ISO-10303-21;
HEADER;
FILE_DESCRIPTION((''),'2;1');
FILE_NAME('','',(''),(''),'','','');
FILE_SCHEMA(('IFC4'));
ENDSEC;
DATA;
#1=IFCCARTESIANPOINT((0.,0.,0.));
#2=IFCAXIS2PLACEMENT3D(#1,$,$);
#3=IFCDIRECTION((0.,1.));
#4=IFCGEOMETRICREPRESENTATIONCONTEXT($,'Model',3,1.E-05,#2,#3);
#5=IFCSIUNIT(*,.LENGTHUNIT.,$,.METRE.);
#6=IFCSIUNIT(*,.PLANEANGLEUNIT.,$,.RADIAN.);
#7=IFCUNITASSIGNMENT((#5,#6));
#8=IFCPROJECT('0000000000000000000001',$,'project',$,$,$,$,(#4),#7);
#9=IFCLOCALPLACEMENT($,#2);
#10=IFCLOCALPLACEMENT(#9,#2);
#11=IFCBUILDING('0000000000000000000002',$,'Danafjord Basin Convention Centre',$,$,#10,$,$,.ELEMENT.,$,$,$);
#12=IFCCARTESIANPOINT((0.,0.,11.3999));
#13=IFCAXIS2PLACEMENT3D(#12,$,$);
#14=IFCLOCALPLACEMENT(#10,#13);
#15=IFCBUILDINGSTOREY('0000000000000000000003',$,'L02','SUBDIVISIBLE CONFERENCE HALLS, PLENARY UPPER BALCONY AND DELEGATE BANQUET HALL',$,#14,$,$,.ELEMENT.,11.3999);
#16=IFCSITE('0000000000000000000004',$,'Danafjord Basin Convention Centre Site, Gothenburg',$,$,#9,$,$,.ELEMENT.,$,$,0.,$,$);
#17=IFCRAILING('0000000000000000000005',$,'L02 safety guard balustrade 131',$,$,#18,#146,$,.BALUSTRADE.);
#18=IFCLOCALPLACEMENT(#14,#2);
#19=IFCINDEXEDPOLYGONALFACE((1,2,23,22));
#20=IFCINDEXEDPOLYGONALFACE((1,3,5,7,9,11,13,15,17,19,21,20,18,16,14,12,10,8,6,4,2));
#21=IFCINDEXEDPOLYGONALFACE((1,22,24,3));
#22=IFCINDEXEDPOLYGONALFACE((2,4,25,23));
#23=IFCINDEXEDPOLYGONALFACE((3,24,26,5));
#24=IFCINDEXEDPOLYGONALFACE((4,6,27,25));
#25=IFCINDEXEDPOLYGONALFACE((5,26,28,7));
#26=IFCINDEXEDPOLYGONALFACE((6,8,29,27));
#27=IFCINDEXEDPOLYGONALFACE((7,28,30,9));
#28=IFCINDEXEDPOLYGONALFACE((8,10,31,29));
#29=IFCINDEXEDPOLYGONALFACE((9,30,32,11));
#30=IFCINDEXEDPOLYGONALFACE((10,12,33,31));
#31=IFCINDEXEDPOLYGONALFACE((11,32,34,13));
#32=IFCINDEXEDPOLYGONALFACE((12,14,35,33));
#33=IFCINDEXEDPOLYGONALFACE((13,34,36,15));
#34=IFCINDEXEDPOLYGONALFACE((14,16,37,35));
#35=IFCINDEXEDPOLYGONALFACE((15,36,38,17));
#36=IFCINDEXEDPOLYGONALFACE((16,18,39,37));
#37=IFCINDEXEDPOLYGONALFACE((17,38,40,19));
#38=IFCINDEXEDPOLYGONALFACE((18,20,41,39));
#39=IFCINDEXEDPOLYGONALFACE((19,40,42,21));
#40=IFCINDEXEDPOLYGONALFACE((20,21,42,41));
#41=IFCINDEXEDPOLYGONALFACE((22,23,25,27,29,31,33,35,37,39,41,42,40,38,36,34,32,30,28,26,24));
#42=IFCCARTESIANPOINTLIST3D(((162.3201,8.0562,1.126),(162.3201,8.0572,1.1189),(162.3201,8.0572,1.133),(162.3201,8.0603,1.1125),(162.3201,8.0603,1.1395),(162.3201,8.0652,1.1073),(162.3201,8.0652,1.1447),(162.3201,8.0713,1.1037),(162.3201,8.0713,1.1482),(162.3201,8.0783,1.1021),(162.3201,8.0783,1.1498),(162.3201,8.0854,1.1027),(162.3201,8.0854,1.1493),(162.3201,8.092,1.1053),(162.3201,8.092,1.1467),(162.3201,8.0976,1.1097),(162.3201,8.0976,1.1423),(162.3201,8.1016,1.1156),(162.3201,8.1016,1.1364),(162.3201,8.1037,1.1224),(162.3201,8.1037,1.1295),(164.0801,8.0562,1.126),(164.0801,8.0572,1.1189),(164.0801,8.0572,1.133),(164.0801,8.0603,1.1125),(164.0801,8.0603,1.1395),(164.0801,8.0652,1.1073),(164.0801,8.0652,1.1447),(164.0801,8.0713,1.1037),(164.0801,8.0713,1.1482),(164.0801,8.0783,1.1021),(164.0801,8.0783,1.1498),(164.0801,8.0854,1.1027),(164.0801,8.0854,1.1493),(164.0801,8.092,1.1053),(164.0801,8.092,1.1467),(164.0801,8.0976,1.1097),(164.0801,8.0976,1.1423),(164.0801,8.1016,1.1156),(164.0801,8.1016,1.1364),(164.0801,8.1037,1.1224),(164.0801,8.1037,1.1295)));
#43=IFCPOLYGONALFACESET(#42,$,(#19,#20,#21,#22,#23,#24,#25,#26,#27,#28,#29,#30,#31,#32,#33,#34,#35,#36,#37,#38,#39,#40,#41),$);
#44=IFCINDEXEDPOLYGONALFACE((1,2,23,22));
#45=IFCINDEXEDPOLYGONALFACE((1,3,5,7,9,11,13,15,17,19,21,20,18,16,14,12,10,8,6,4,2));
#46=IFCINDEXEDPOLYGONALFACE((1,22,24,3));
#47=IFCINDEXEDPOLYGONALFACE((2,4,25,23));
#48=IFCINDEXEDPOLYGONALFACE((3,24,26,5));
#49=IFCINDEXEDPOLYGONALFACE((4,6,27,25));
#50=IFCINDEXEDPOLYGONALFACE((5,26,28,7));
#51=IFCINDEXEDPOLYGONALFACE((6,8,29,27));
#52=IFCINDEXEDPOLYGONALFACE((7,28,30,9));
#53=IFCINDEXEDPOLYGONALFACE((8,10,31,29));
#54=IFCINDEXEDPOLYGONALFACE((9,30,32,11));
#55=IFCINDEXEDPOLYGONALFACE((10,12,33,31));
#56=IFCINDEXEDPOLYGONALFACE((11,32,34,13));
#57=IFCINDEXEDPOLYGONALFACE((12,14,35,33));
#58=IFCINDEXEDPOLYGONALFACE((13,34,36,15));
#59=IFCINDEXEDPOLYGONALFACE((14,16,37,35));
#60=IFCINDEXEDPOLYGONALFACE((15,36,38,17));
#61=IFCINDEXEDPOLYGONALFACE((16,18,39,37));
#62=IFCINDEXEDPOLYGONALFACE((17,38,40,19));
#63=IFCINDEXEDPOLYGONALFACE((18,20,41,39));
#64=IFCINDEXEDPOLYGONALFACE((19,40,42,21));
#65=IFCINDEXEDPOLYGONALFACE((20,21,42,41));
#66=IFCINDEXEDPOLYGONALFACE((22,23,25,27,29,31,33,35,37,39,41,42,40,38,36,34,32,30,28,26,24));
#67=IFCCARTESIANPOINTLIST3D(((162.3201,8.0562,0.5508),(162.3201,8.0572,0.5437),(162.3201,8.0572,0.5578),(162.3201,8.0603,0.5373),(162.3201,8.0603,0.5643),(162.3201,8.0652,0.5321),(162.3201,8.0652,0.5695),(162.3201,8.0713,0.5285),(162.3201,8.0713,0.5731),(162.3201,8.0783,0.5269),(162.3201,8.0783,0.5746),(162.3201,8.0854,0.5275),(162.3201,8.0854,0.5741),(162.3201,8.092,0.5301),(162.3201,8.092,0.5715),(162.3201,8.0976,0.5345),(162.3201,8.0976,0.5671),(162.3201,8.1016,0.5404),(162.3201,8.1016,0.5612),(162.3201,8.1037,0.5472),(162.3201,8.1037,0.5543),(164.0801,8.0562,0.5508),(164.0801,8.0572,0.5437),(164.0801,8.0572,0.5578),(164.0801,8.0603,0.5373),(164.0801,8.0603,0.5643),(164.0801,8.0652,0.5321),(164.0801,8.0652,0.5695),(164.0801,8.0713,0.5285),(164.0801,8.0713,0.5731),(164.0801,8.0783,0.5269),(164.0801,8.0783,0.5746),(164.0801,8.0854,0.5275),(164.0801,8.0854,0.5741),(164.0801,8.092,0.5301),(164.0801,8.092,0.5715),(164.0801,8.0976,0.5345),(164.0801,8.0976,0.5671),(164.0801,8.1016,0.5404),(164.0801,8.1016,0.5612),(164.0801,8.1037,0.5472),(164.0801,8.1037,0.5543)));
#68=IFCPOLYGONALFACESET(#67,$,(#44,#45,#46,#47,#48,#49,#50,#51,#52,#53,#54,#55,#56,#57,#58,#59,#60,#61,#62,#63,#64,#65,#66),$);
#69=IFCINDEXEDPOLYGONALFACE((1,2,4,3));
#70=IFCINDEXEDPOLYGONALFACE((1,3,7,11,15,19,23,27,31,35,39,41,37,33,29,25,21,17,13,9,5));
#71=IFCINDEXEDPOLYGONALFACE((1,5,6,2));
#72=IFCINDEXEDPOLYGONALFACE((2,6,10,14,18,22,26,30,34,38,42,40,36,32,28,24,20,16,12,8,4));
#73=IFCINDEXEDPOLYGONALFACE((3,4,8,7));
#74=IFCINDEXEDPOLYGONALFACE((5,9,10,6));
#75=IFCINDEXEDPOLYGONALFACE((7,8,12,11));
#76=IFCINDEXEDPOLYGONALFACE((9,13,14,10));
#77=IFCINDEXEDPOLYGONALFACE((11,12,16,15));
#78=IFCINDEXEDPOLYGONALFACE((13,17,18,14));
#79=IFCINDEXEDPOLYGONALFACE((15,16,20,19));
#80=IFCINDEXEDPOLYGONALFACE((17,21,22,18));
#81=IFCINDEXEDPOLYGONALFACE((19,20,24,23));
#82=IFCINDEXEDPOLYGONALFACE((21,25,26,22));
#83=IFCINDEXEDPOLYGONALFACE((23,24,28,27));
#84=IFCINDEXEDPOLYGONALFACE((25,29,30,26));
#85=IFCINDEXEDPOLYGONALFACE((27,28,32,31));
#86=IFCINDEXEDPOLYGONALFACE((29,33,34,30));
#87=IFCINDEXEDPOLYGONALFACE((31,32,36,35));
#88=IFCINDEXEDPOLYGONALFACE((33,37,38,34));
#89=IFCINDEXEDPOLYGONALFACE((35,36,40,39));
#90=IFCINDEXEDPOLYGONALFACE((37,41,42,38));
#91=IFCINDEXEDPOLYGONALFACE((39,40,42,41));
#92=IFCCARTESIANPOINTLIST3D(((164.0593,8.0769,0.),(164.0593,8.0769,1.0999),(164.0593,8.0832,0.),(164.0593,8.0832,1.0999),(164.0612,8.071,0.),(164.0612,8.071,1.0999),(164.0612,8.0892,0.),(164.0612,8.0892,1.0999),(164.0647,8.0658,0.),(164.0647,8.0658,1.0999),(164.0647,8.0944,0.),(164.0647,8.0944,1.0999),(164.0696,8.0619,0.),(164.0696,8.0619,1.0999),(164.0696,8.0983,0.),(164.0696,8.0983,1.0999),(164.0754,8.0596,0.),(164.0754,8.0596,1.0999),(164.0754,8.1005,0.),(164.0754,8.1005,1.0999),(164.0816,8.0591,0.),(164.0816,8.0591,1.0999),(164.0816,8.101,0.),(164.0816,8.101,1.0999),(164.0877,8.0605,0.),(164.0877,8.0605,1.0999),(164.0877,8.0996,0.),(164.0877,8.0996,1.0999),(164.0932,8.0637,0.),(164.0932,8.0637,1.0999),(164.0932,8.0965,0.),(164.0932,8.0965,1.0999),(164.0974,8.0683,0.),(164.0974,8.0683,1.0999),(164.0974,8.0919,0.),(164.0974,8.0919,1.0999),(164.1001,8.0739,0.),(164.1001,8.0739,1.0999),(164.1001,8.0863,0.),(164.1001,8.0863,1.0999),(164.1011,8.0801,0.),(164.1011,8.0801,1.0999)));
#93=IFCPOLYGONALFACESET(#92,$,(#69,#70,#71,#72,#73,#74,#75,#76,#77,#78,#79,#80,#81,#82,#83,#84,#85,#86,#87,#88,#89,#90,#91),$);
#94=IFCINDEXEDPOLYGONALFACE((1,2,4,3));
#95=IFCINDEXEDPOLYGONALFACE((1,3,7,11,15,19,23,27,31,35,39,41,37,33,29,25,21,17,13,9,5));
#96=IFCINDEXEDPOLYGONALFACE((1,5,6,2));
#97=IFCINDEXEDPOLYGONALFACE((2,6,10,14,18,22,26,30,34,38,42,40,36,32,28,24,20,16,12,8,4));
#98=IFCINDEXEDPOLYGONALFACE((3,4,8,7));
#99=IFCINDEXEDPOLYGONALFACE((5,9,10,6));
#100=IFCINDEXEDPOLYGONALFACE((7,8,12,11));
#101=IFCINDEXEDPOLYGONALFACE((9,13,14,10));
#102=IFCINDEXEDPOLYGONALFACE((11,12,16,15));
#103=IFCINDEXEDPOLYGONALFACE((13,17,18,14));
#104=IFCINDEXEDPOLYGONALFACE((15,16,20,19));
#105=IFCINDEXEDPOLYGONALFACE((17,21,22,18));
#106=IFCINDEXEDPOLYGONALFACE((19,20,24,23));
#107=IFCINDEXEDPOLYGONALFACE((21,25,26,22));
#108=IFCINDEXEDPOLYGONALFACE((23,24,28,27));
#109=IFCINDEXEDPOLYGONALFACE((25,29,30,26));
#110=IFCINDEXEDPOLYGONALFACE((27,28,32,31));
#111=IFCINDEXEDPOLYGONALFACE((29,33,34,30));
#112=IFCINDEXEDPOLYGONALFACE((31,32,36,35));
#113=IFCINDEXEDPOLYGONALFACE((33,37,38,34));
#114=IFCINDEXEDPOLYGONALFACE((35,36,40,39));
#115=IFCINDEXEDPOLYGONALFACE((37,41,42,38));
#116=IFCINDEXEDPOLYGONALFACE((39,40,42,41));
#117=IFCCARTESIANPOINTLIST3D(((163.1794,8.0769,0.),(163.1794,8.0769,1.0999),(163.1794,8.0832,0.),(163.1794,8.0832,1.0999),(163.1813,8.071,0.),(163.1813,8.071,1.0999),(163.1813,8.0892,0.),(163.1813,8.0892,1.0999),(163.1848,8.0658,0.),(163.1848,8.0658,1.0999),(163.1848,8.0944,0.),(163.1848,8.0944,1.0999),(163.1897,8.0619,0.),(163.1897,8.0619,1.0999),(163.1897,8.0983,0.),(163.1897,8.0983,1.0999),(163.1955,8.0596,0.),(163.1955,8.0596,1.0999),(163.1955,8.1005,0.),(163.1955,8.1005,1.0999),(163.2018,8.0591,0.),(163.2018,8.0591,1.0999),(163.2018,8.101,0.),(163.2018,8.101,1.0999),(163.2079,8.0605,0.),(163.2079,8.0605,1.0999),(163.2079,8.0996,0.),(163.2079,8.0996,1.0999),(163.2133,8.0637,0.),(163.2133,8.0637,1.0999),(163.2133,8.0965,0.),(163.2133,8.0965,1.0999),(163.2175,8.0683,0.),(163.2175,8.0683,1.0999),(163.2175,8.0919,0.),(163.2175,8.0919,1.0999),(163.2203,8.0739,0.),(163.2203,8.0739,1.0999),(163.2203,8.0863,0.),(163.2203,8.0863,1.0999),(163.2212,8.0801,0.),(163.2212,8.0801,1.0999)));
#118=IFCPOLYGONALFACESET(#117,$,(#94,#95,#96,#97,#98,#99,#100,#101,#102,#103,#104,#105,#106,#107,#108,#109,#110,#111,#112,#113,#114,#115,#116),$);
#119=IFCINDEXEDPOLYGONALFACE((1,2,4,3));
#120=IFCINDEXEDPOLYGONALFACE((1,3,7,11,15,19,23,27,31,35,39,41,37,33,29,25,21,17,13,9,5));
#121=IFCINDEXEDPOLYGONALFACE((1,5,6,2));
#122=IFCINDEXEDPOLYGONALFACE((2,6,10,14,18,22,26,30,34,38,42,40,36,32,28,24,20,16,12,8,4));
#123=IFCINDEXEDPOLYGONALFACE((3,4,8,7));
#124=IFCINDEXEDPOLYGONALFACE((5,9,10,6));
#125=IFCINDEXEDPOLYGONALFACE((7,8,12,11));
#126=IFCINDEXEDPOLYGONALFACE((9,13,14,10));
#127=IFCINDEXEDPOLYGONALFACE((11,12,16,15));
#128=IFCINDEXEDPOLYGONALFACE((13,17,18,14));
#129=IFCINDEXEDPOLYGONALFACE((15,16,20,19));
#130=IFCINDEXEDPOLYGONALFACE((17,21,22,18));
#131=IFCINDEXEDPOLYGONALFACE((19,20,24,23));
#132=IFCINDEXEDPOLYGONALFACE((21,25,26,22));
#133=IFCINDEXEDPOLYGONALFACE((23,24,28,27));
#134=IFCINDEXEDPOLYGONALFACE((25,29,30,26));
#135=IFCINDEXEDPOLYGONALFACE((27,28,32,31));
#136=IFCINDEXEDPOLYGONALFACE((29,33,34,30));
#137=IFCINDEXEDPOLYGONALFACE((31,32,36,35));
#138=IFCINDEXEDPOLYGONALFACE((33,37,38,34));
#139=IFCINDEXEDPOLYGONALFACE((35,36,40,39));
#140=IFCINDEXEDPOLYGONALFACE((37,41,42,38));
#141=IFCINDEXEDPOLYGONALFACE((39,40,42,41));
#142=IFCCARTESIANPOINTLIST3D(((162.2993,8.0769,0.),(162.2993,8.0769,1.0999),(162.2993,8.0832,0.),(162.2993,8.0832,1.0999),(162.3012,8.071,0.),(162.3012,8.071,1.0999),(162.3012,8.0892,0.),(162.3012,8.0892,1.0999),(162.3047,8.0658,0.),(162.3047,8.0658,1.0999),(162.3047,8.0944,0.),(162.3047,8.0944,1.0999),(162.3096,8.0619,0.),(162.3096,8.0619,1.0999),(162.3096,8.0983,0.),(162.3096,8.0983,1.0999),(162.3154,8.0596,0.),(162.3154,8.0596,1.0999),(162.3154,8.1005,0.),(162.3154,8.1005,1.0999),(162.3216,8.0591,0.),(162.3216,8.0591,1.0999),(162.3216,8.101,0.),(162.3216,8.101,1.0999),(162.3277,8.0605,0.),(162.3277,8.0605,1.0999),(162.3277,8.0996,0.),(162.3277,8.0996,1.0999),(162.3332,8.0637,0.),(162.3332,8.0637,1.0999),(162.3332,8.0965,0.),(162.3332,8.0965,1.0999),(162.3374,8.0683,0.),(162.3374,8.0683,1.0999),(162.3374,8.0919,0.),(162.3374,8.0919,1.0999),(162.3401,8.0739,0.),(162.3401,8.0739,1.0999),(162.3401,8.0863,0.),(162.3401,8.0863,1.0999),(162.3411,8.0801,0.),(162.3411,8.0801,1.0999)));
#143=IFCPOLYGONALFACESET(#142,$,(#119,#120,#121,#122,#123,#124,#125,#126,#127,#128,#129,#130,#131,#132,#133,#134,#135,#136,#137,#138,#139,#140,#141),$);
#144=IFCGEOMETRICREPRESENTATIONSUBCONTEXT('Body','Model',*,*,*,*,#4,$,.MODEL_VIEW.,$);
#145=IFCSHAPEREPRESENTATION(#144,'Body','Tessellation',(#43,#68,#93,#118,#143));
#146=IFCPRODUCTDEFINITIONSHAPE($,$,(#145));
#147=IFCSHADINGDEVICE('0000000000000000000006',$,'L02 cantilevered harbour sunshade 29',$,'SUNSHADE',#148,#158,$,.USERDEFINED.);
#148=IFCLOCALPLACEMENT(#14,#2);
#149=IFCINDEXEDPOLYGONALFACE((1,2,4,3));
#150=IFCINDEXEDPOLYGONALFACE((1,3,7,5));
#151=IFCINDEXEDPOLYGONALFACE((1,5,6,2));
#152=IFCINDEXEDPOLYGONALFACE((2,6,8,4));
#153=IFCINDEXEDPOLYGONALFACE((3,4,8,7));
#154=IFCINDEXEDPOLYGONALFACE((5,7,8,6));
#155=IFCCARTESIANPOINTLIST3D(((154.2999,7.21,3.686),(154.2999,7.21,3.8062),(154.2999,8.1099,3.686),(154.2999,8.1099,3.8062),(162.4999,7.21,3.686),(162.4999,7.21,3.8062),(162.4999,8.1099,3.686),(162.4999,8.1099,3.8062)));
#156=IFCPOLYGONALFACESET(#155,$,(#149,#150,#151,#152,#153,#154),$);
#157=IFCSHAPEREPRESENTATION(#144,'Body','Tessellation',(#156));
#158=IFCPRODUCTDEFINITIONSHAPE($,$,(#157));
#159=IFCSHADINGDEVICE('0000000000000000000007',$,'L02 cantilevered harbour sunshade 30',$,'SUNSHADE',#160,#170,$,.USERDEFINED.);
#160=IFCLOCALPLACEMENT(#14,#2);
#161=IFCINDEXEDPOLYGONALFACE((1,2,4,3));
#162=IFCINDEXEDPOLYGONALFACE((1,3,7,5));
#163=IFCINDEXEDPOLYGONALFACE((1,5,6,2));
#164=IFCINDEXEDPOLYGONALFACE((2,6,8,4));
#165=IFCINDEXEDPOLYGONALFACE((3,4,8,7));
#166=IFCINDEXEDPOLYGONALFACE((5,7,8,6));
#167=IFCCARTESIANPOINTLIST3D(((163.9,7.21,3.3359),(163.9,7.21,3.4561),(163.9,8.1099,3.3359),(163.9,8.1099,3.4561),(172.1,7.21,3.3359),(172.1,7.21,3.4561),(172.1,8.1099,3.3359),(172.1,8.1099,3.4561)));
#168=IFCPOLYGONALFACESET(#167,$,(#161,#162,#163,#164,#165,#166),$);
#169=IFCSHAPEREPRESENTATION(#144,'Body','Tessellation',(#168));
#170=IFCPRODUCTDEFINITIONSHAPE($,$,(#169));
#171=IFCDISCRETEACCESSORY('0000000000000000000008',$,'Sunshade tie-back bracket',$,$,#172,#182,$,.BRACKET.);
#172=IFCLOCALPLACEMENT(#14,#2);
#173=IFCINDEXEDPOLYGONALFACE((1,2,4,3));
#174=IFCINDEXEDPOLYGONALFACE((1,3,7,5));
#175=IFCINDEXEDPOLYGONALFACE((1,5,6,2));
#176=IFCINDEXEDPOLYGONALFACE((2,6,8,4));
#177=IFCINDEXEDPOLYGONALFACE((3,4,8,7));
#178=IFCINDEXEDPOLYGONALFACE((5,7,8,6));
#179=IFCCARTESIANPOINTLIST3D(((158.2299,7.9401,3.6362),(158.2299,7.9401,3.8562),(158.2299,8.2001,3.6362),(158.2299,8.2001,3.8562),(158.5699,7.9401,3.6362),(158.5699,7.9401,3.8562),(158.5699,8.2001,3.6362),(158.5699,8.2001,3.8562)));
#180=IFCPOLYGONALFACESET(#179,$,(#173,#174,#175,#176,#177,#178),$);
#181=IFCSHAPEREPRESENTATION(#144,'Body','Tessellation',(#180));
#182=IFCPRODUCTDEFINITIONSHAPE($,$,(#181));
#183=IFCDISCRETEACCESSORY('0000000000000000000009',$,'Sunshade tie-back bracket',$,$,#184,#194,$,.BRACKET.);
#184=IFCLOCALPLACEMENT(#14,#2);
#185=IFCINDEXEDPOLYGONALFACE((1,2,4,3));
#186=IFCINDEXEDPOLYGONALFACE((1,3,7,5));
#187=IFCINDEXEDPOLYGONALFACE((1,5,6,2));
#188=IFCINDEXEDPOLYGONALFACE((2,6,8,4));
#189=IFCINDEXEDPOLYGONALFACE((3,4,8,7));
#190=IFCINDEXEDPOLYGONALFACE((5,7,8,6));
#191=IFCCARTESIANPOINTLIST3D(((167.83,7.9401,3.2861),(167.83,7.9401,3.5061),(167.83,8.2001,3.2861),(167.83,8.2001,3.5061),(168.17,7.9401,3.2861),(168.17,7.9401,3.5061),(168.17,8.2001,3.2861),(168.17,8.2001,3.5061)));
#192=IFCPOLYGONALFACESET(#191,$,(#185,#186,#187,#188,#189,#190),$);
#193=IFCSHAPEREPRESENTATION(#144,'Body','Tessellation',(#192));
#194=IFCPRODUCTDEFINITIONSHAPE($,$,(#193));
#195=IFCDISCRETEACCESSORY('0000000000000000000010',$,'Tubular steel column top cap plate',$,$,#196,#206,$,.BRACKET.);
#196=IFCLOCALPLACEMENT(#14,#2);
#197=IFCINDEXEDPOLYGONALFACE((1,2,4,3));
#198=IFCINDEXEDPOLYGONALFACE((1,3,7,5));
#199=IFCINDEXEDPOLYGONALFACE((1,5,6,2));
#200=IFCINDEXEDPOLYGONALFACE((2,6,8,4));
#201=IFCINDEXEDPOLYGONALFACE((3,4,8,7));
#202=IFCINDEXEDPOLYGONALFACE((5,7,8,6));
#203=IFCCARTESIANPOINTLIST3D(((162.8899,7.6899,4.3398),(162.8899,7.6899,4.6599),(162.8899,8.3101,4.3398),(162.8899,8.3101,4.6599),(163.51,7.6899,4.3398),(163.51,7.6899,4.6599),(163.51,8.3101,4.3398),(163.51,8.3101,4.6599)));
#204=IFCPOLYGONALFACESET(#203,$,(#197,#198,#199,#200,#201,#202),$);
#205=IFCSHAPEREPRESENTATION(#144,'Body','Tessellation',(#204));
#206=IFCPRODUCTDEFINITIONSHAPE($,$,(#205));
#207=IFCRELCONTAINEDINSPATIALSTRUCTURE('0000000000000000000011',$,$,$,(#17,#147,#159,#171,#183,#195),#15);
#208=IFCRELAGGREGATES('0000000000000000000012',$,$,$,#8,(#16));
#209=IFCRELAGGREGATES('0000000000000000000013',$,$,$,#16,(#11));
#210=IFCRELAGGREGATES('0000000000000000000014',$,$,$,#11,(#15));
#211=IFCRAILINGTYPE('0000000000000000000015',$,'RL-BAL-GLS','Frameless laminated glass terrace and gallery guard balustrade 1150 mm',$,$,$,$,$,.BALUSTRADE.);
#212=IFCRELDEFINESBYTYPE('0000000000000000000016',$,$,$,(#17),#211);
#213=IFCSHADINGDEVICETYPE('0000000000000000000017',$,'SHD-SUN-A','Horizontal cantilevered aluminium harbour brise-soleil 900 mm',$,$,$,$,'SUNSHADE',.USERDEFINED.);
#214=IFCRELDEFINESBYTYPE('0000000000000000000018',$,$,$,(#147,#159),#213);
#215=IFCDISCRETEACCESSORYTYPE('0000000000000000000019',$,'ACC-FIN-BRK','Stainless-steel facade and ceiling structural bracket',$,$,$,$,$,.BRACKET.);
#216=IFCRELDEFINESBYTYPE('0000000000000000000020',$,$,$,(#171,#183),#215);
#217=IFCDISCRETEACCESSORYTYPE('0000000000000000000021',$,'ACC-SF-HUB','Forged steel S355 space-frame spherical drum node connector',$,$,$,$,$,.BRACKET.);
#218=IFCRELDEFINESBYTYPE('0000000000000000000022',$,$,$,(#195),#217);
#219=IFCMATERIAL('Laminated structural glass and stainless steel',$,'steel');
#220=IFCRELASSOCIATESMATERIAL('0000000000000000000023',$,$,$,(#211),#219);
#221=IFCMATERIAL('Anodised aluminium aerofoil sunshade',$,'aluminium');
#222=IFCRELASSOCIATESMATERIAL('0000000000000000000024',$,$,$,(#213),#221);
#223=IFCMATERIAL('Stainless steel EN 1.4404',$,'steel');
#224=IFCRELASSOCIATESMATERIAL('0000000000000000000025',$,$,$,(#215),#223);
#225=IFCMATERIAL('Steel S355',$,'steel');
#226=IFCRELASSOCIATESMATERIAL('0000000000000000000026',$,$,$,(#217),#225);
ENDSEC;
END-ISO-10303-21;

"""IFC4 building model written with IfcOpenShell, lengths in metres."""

from ifc_helpers import new_model, si_unit, direction, frame, origin, origin_2d, place, context, subcontext, project, spatial, rectangle, circle, extrude, material, type_object, element, save


model = new_model("IFC4")

# Units and contexts
model_context = context("Model", 3, precision=1e-05, world=origin(), true_north=direction((0.0, 1.0)))
body_context = subcontext(model_context, "Body", "Model", "MODEL_VIEW")
ifc_project = project(units=[si_unit("LENGTHUNIT", "METRE"), si_unit("PLANEANGLEUNIT", "RADIAN")], contexts=[model_context])

# Site, building, storey
site_placement = place(None, origin())
site = spatial("IfcSite", under=ifc_project, at=site_placement, Name="Danafjord Basin Convention Centre Site, Gothenburg", CompositionType="ELEMENT", RefElevation=0.0)
building_placement = place(site_placement, origin())
building = spatial("IfcBuilding", under=site, at=building_placement, Name="Danafjord Basin Convention Centre", CompositionType="ELEMENT")
storey_placement = place(building_placement, frame((0.0, 0.0, 11.3999)))
storey = spatial("IfcBuildingStorey", under=building, at=storey_placement, Name="L02", Description="SUBDIVISIBLE CONFERENCE HALLS, PLENARY UPPER BALCONY AND DELEGATE BANQUET HALL", CompositionType="ELEMENT", Elevation=11.3999)

# Shared definitions
ifc_material_1 = material(Name="Steel S355", Category="steel")

# Railing
ifc_material_2 = material(Name="Laminated structural glass and stainless steel", Category="steel")
railing_type = type_object("IfcRailingType", Name="RL-BAL-GLS", Description="Frameless laminated glass terrace and gallery guard balustrade 1150 mm", PredefinedType="BALUSTRADE", material=ifc_material_2)
railing_placement = place(storey_placement, frame((164.0801, 8.0801, 0.0)))
element("IfcRailing", 1, at=railing_placement, inside=storey, type_object=railing_type, Name="L02 safety guard balustrade 131", PredefinedType="BALUSTRADE", context=body_context, shape_type="SweptSolid", body=[
    extrude(circle(Radius=0.0239, at=origin_2d()), frame((0.0, 0.0, 1.126), z_axis=(-1.0, 0.0, 0.0), x_axis=(0.0, -1.0, 0.0)), (0.0, 0.0, 1.0), 1.76),
    extrude(circle(Radius=0.0239, at=origin_2d()), frame((0.0, 0.0, 0.5508), z_axis=(-1.0, 0.0, 0.0), x_axis=(0.0, -1.0, 0.0)), (0.0, 0.0, 1.0), 1.76),
    extrude(circle(Radius=0.021, at=origin_2d()), origin(), (0.0, 0.0, 1.0), 1.0999),
    extrude(circle(Radius=0.021, at=origin_2d()), frame((-0.8799, 0.0, 0.0)), (0.0, 0.0, 1.0), 1.0999),
    extrude(circle(Radius=0.021, at=origin_2d()), frame((-1.76, 0.0, 0.0)), (0.0, 0.0, 1.0), 1.0999),
])

# Shading devices
ifc_material_3 = material(Name="Anodised aluminium aerofoil sunshade", Category="aluminium")
shading_device_type = type_object("IfcShadingDeviceType", Name="SHD-SUN-A", Description="Horizontal cantilevered aluminium harbour brise-soleil 900 mm", ElementType="SUNSHADE", PredefinedType="USERDEFINED", material=ifc_material_3)
for number, where, z_axis, x_axis, name in (
    (2, (158.3999, 7.6599, 3.686), (0.0, 0.0, 1.0), (1.0, 0.0, 0.0), "L02 cantilevered harbour sunshade 29"),
    (3, (168.0, 7.6599, 3.3359), (0.0, 0.0, 1.0), (1.0, 0.0, 0.0), "L02 cantilevered harbour sunshade 30"),
):
    element("IfcShadingDevice", number, at=place(storey_placement, frame(where, z_axis=z_axis, x_axis=x_axis)), inside=storey, type_object=shading_device_type, Name=name, ObjectType="SUNSHADE", PredefinedType="USERDEFINED", context=body_context, shape_type="SweptSolid", body=[
        extrude(rectangle(XDim=8.2, YDim=0.8999, at=origin_2d()), origin(), (0.0, 0.0, 1.0), 0.1201),
    ])

# Discrete accessories
ifc_material_4 = material(Name="Stainless steel EN 1.4404", Category="steel")
discrete_accessory_type_1 = type_object("IfcDiscreteAccessoryType", Name="ACC-FIN-BRK", Description="Stainless-steel facade and ceiling structural bracket", PredefinedType="BRACKET", material=ifc_material_4)
for number, where, z_axis, x_axis, name in (
    (4, (158.3999, 8.0701, 3.6362), (0.0, 0.0, 1.0), (1.0, 0.0, 0.0), "Sunshade tie-back bracket"),
    (5, (168.0, 8.0701, 3.2861), (0.0, 0.0, 1.0), (1.0, 0.0, 0.0), "Sunshade tie-back bracket"),
):
    element("IfcDiscreteAccessory", number, at=place(storey_placement, frame(where, z_axis=z_axis, x_axis=x_axis)), inside=storey, type_object=discrete_accessory_type_1, Name=name, PredefinedType="BRACKET", context=body_context, shape_type="SweptSolid", body=[
        extrude(rectangle(XDim=0.3401, YDim=0.26, at=origin_2d()), origin(), (0.0, 0.0, 1.0), 0.22),
    ])
discrete_accessory_type_2 = type_object("IfcDiscreteAccessoryType", Name="ACC-SF-HUB", Description="Forged steel S355 space-frame spherical drum node connector", PredefinedType="BRACKET", material=ifc_material_1)
discrete_accessory_placement = place(storey_placement, frame((163.2, 8.0, 4.3398), z_axis=(0.0, 0.0, 1.0), x_axis=(1.0, 0.0, 0.0)))
element("IfcDiscreteAccessory", 6, at=discrete_accessory_placement, inside=storey, type_object=discrete_accessory_type_2, Name="Tubular steel column top cap plate", PredefinedType="BRACKET", context=body_context, shape_type="SweptSolid", body=[
    extrude(rectangle(XDim=0.6201, YDim=0.6201, at=origin_2d()), origin(), (0.0, 0.0, 1.0), 0.3201),
])

save(model, "model.ifc")
